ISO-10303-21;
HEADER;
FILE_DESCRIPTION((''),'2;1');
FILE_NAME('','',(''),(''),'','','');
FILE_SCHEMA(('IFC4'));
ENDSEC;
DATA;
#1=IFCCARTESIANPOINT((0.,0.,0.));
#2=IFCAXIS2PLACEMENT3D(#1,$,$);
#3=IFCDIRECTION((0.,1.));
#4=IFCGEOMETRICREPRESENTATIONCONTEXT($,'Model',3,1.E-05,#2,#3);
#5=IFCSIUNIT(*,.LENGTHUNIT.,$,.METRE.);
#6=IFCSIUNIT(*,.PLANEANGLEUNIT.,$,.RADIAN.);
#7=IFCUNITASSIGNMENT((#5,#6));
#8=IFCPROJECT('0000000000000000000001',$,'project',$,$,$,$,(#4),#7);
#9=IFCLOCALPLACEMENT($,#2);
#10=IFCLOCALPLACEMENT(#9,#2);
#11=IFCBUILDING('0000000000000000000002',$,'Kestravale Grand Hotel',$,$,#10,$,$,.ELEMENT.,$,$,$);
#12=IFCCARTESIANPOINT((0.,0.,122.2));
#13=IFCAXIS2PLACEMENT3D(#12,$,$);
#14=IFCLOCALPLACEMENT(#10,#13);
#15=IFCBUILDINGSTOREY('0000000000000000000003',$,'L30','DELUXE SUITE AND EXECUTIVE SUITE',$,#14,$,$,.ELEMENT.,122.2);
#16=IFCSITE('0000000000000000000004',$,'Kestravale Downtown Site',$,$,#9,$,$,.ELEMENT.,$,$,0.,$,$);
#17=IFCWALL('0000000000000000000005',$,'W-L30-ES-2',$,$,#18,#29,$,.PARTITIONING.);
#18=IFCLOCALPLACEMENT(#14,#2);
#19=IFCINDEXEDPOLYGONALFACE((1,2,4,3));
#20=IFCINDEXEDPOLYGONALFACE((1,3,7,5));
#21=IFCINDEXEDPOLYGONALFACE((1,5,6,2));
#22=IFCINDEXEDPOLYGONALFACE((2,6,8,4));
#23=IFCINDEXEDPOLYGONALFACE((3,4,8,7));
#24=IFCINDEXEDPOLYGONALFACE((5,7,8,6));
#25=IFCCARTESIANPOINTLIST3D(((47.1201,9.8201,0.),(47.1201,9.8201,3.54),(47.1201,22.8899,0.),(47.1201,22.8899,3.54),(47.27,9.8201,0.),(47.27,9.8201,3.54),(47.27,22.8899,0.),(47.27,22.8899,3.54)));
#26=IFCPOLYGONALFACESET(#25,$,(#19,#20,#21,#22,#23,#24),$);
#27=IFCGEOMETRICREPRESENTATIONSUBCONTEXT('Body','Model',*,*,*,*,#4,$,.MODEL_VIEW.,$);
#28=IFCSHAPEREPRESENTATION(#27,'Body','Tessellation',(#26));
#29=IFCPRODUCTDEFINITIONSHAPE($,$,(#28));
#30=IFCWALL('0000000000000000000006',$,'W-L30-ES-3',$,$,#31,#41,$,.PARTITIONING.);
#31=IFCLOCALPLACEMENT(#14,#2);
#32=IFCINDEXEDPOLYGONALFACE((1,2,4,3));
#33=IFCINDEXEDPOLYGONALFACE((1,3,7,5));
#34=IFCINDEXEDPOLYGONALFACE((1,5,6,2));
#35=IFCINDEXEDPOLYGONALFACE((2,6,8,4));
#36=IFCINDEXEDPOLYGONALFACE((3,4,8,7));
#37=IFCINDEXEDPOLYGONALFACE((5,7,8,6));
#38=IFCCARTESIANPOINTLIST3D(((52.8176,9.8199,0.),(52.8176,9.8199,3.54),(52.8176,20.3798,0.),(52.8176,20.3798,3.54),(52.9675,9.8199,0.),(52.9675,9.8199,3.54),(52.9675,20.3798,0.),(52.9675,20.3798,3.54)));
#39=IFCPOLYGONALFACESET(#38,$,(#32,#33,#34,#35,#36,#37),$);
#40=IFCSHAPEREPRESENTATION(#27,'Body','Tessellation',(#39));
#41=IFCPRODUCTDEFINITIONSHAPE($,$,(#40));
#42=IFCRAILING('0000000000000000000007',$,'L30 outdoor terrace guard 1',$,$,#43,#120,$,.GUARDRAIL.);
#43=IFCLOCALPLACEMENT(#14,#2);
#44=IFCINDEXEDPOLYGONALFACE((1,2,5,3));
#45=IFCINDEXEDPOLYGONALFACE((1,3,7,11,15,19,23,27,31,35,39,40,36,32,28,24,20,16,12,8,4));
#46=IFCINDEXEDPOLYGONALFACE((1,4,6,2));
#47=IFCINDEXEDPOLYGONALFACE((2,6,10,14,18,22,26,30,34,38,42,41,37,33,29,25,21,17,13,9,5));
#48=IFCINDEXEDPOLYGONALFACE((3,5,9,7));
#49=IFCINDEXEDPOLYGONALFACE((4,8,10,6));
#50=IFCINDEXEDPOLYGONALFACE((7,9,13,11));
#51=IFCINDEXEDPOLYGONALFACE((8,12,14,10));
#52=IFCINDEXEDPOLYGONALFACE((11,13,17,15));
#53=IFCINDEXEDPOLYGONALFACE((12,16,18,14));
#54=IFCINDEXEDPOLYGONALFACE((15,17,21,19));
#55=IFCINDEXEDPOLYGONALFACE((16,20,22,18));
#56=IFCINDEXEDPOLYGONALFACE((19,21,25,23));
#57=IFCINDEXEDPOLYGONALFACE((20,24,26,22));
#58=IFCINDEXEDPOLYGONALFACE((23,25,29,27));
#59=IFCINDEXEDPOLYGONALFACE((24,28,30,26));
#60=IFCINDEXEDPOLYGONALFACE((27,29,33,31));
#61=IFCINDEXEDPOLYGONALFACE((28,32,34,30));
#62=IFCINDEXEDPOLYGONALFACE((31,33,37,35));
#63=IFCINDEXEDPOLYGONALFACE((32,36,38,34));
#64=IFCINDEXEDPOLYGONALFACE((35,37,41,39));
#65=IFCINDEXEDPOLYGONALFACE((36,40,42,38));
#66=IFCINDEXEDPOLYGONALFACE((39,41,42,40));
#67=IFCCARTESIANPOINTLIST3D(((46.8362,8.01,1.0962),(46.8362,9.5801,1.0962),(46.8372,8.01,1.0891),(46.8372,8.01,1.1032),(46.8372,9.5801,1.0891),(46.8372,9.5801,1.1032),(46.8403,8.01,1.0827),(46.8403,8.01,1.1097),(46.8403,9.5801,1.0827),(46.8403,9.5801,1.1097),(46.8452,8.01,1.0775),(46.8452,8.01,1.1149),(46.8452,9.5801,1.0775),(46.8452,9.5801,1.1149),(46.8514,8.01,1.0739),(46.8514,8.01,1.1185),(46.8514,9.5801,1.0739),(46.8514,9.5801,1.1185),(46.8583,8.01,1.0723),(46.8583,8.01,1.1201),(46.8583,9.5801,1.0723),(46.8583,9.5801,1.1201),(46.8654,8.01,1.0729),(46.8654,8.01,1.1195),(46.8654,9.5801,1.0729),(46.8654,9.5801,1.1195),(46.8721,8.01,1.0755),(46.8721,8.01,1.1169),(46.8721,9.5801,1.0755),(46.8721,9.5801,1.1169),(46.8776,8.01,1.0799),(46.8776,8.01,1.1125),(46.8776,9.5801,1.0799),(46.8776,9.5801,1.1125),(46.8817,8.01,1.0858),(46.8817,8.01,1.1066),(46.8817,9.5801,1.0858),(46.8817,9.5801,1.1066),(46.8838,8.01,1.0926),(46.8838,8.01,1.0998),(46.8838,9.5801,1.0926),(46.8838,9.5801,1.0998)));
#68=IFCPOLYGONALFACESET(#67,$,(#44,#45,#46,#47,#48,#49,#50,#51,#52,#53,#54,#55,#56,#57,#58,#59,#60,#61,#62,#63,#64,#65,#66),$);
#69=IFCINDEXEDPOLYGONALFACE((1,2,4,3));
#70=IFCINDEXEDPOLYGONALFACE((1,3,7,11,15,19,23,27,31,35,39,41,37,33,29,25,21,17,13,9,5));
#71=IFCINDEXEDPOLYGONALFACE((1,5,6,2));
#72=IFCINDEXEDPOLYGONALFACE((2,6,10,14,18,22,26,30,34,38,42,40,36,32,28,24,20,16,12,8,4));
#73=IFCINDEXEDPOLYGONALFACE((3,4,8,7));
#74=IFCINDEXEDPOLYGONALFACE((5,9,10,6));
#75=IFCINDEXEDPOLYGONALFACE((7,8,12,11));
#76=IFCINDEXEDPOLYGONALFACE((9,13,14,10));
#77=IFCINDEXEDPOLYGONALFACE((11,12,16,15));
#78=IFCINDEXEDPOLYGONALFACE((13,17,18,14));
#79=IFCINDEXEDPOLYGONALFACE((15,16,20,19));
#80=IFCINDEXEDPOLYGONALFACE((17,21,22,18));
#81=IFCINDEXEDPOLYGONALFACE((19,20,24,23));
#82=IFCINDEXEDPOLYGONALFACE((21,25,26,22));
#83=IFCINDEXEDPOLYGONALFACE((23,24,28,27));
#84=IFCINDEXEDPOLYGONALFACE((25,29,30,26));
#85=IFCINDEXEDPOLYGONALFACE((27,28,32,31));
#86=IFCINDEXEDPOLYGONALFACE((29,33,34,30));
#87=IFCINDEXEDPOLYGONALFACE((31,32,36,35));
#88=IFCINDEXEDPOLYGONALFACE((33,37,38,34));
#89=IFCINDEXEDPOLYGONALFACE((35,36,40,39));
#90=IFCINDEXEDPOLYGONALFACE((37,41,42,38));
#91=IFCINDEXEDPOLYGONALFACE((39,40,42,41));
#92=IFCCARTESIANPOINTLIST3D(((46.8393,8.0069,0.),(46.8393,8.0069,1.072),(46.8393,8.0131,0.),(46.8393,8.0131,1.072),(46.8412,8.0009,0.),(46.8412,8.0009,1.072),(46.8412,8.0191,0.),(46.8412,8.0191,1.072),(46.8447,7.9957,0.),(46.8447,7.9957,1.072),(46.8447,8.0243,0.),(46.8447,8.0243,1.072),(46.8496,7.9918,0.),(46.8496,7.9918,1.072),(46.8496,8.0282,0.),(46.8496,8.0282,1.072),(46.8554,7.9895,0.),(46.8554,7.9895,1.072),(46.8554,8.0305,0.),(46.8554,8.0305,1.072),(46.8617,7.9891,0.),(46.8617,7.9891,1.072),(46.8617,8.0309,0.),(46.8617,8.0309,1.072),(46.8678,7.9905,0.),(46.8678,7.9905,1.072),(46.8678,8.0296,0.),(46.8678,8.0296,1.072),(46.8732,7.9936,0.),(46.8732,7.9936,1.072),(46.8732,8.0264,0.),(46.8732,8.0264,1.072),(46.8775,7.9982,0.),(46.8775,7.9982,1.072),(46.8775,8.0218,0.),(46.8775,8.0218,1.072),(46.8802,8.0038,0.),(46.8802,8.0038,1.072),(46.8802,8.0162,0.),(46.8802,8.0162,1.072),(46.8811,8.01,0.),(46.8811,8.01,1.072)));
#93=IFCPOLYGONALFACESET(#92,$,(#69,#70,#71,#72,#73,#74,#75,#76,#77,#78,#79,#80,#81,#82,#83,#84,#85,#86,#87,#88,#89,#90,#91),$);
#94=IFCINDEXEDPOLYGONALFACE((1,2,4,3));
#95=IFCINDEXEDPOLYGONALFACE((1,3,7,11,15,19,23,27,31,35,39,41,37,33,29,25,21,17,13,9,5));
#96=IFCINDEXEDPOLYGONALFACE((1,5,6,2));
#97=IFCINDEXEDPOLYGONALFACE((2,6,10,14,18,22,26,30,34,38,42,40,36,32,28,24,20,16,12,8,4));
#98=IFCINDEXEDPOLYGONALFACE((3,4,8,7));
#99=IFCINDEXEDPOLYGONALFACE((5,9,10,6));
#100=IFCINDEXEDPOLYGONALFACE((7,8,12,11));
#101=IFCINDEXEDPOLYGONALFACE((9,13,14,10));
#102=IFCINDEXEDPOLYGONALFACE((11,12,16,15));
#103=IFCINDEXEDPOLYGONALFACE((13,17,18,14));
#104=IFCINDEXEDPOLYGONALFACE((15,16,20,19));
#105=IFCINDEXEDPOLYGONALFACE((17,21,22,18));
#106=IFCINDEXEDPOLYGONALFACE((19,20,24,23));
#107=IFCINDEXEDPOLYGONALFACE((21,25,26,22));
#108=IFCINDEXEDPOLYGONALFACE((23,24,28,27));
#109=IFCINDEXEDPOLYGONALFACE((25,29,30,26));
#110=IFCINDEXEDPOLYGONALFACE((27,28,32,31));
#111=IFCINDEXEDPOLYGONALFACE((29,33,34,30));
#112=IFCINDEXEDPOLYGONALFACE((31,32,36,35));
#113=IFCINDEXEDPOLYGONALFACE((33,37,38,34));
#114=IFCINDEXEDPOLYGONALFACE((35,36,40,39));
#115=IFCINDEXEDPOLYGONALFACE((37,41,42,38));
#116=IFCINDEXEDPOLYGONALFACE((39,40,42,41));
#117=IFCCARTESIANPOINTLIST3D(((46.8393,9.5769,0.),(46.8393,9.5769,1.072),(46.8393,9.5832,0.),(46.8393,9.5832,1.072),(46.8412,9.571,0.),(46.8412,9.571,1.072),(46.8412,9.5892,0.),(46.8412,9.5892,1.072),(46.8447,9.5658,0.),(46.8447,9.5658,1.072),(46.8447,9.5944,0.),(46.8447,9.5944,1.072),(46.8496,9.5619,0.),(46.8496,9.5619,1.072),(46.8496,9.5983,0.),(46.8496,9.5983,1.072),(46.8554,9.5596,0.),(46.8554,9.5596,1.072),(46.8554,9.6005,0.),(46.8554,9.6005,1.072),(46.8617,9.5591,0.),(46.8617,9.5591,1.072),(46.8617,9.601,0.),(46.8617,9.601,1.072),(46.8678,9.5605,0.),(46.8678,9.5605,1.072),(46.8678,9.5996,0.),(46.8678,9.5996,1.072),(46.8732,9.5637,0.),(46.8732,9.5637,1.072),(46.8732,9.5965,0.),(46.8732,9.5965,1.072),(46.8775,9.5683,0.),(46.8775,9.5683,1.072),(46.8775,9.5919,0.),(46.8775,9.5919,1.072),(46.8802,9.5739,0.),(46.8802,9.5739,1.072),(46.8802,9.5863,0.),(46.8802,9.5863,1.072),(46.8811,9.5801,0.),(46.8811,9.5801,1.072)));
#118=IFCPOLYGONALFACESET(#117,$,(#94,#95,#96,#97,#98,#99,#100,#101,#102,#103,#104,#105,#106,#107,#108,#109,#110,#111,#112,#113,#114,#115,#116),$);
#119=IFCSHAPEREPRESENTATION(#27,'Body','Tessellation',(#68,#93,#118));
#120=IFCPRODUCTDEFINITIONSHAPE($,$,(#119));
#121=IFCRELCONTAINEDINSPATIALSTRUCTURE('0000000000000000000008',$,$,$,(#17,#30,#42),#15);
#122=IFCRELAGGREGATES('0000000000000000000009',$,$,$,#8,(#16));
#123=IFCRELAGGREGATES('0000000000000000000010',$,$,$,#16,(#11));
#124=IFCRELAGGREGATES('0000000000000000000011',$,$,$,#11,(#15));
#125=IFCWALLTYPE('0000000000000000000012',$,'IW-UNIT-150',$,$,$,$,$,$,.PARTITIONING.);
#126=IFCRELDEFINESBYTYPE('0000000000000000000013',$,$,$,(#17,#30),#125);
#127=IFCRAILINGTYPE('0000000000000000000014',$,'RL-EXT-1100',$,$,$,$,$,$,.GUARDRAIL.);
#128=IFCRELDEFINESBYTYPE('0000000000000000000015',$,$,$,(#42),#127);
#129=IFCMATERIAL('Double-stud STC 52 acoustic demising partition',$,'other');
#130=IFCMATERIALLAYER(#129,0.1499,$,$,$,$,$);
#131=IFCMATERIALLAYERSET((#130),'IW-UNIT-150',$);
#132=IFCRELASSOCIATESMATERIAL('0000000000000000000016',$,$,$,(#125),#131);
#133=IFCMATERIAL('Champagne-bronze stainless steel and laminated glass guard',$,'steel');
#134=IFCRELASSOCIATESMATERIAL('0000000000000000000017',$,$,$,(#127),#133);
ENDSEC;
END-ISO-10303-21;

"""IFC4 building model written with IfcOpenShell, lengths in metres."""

from ifc_helpers import new_model, si_unit, direction, frame, frame_2d, origin, origin_2d, place, context, subcontext, project, spatial, rectangle, circle, extrude, material, layer, layer_set, type_object, element, save


model = new_model("IFC4")

# Units and contexts
model_context = context("Model", 3, precision=1e-05, world=origin(), true_north=direction((0.0, 1.0)))
body_context = subcontext(model_context, "Body", "Model", "MODEL_VIEW")
ifc_project = project(units=[si_unit("LENGTHUNIT", "METRE"), si_unit("PLANEANGLEUNIT", "RADIAN")], contexts=[model_context])

# Site, building, storey
site_placement = place(None, origin())
site = spatial("IfcSite", under=ifc_project, at=site_placement, Name="Kestravale Downtown Site", CompositionType="ELEMENT", RefElevation=0.0)
building_placement = place(site_placement, origin())
building = spatial("IfcBuilding", under=site, at=building_placement, Name="Kestravale Grand Hotel", CompositionType="ELEMENT")
storey_placement = place(building_placement, frame((0.0, 0.0, 122.2)))
storey = spatial("IfcBuildingStorey", under=building, at=storey_placement, Name="L30", Description="DELUXE SUITE AND EXECUTIVE SUITE", CompositionType="ELEMENT", Elevation=122.2)

# Walls
ifc_material_1 = material(Name="Double-stud STC 52 acoustic demising partition", Category="other")
ifc_layer_1 = layer(ifc_material_1, 0.1499)
ifc_layer_set_1 = layer_set([ifc_layer_1], Name="IW-UNIT-150")
wall_type_1 = type_object("IfcWallType", Name="IW-UNIT-150", PredefinedType="PARTITIONING", material=ifc_layer_set_1)
wall_1_placement = place(storey_placement, frame((47.1951, 9.8201, 0.0), z_axis=(0.0, 0.0, 1.0), x_axis=(0.0, 1.0, 0.0)))
element("IfcWall", 1, at=wall_1_placement, inside=storey, type_object=wall_type_1, Name="W-L30-ES-2", PredefinedType="PARTITIONING", context=body_context, shape_type="SweptSolid", body=[
    extrude(rectangle(XDim=13.0698, YDim=0.1499, at=frame_2d((6.5349, 0.0))), origin(), (0.0, 0.0, 1.0), 3.54),
])
wall_2_placement = place(storey_placement, frame((52.8926, 9.8201, 0.0), z_axis=(0.0, 0.0, 1.0), x_axis=(0.0, 1.0, 0.0)))
element("IfcWall", 2, at=wall_2_placement, inside=storey, type_object=wall_type_1, Name="W-L30-ES-3", PredefinedType="PARTITIONING", context=body_context, shape_type="SweptSolid", body=[
    extrude(rectangle(XDim=10.5598, YDim=0.1499, at=frame_2d((5.2798, 0.0))), origin(), (0.0, 0.0, 1.0), 3.54),
])

# Railing
ifc_material_2 = material(Name="Champagne-bronze stainless steel and laminated glass guard", Category="steel")
railing_type = type_object("IfcRailingType", Name="RL-EXT-1100", PredefinedType="GUARDRAIL", material=ifc_material_2)
railing_1_placement = place(storey_placement, frame((46.8601, 8.01, 0.0)))
element("IfcRailing", 3, at=railing_1_placement, inside=storey, type_object=railing_type, Name="L30 outdoor terrace guard 1", PredefinedType="GUARDRAIL", context=body_context, shape_type="SweptSolid", body=[
    extrude(circle(Radius=0.0239, at=origin_2d()), frame((0.0, 0.0, 1.0962), z_axis=(0.0, 1.0, 0.0), x_axis=(-1.0, 0.0, 0.0)), (0.0, 0.0, 1.0), 1.5701),
    extrude(circle(Radius=0.021, at=origin_2d()), origin(), (0.0, 0.0, 1.0), 1.072),
    extrude(circle(Radius=0.021, at=origin_2d()), frame((0.0, 1.5701, 0.0)), (0.0, 0.0, 1.0), 1.072),
])

save(model, "model.ifc")
